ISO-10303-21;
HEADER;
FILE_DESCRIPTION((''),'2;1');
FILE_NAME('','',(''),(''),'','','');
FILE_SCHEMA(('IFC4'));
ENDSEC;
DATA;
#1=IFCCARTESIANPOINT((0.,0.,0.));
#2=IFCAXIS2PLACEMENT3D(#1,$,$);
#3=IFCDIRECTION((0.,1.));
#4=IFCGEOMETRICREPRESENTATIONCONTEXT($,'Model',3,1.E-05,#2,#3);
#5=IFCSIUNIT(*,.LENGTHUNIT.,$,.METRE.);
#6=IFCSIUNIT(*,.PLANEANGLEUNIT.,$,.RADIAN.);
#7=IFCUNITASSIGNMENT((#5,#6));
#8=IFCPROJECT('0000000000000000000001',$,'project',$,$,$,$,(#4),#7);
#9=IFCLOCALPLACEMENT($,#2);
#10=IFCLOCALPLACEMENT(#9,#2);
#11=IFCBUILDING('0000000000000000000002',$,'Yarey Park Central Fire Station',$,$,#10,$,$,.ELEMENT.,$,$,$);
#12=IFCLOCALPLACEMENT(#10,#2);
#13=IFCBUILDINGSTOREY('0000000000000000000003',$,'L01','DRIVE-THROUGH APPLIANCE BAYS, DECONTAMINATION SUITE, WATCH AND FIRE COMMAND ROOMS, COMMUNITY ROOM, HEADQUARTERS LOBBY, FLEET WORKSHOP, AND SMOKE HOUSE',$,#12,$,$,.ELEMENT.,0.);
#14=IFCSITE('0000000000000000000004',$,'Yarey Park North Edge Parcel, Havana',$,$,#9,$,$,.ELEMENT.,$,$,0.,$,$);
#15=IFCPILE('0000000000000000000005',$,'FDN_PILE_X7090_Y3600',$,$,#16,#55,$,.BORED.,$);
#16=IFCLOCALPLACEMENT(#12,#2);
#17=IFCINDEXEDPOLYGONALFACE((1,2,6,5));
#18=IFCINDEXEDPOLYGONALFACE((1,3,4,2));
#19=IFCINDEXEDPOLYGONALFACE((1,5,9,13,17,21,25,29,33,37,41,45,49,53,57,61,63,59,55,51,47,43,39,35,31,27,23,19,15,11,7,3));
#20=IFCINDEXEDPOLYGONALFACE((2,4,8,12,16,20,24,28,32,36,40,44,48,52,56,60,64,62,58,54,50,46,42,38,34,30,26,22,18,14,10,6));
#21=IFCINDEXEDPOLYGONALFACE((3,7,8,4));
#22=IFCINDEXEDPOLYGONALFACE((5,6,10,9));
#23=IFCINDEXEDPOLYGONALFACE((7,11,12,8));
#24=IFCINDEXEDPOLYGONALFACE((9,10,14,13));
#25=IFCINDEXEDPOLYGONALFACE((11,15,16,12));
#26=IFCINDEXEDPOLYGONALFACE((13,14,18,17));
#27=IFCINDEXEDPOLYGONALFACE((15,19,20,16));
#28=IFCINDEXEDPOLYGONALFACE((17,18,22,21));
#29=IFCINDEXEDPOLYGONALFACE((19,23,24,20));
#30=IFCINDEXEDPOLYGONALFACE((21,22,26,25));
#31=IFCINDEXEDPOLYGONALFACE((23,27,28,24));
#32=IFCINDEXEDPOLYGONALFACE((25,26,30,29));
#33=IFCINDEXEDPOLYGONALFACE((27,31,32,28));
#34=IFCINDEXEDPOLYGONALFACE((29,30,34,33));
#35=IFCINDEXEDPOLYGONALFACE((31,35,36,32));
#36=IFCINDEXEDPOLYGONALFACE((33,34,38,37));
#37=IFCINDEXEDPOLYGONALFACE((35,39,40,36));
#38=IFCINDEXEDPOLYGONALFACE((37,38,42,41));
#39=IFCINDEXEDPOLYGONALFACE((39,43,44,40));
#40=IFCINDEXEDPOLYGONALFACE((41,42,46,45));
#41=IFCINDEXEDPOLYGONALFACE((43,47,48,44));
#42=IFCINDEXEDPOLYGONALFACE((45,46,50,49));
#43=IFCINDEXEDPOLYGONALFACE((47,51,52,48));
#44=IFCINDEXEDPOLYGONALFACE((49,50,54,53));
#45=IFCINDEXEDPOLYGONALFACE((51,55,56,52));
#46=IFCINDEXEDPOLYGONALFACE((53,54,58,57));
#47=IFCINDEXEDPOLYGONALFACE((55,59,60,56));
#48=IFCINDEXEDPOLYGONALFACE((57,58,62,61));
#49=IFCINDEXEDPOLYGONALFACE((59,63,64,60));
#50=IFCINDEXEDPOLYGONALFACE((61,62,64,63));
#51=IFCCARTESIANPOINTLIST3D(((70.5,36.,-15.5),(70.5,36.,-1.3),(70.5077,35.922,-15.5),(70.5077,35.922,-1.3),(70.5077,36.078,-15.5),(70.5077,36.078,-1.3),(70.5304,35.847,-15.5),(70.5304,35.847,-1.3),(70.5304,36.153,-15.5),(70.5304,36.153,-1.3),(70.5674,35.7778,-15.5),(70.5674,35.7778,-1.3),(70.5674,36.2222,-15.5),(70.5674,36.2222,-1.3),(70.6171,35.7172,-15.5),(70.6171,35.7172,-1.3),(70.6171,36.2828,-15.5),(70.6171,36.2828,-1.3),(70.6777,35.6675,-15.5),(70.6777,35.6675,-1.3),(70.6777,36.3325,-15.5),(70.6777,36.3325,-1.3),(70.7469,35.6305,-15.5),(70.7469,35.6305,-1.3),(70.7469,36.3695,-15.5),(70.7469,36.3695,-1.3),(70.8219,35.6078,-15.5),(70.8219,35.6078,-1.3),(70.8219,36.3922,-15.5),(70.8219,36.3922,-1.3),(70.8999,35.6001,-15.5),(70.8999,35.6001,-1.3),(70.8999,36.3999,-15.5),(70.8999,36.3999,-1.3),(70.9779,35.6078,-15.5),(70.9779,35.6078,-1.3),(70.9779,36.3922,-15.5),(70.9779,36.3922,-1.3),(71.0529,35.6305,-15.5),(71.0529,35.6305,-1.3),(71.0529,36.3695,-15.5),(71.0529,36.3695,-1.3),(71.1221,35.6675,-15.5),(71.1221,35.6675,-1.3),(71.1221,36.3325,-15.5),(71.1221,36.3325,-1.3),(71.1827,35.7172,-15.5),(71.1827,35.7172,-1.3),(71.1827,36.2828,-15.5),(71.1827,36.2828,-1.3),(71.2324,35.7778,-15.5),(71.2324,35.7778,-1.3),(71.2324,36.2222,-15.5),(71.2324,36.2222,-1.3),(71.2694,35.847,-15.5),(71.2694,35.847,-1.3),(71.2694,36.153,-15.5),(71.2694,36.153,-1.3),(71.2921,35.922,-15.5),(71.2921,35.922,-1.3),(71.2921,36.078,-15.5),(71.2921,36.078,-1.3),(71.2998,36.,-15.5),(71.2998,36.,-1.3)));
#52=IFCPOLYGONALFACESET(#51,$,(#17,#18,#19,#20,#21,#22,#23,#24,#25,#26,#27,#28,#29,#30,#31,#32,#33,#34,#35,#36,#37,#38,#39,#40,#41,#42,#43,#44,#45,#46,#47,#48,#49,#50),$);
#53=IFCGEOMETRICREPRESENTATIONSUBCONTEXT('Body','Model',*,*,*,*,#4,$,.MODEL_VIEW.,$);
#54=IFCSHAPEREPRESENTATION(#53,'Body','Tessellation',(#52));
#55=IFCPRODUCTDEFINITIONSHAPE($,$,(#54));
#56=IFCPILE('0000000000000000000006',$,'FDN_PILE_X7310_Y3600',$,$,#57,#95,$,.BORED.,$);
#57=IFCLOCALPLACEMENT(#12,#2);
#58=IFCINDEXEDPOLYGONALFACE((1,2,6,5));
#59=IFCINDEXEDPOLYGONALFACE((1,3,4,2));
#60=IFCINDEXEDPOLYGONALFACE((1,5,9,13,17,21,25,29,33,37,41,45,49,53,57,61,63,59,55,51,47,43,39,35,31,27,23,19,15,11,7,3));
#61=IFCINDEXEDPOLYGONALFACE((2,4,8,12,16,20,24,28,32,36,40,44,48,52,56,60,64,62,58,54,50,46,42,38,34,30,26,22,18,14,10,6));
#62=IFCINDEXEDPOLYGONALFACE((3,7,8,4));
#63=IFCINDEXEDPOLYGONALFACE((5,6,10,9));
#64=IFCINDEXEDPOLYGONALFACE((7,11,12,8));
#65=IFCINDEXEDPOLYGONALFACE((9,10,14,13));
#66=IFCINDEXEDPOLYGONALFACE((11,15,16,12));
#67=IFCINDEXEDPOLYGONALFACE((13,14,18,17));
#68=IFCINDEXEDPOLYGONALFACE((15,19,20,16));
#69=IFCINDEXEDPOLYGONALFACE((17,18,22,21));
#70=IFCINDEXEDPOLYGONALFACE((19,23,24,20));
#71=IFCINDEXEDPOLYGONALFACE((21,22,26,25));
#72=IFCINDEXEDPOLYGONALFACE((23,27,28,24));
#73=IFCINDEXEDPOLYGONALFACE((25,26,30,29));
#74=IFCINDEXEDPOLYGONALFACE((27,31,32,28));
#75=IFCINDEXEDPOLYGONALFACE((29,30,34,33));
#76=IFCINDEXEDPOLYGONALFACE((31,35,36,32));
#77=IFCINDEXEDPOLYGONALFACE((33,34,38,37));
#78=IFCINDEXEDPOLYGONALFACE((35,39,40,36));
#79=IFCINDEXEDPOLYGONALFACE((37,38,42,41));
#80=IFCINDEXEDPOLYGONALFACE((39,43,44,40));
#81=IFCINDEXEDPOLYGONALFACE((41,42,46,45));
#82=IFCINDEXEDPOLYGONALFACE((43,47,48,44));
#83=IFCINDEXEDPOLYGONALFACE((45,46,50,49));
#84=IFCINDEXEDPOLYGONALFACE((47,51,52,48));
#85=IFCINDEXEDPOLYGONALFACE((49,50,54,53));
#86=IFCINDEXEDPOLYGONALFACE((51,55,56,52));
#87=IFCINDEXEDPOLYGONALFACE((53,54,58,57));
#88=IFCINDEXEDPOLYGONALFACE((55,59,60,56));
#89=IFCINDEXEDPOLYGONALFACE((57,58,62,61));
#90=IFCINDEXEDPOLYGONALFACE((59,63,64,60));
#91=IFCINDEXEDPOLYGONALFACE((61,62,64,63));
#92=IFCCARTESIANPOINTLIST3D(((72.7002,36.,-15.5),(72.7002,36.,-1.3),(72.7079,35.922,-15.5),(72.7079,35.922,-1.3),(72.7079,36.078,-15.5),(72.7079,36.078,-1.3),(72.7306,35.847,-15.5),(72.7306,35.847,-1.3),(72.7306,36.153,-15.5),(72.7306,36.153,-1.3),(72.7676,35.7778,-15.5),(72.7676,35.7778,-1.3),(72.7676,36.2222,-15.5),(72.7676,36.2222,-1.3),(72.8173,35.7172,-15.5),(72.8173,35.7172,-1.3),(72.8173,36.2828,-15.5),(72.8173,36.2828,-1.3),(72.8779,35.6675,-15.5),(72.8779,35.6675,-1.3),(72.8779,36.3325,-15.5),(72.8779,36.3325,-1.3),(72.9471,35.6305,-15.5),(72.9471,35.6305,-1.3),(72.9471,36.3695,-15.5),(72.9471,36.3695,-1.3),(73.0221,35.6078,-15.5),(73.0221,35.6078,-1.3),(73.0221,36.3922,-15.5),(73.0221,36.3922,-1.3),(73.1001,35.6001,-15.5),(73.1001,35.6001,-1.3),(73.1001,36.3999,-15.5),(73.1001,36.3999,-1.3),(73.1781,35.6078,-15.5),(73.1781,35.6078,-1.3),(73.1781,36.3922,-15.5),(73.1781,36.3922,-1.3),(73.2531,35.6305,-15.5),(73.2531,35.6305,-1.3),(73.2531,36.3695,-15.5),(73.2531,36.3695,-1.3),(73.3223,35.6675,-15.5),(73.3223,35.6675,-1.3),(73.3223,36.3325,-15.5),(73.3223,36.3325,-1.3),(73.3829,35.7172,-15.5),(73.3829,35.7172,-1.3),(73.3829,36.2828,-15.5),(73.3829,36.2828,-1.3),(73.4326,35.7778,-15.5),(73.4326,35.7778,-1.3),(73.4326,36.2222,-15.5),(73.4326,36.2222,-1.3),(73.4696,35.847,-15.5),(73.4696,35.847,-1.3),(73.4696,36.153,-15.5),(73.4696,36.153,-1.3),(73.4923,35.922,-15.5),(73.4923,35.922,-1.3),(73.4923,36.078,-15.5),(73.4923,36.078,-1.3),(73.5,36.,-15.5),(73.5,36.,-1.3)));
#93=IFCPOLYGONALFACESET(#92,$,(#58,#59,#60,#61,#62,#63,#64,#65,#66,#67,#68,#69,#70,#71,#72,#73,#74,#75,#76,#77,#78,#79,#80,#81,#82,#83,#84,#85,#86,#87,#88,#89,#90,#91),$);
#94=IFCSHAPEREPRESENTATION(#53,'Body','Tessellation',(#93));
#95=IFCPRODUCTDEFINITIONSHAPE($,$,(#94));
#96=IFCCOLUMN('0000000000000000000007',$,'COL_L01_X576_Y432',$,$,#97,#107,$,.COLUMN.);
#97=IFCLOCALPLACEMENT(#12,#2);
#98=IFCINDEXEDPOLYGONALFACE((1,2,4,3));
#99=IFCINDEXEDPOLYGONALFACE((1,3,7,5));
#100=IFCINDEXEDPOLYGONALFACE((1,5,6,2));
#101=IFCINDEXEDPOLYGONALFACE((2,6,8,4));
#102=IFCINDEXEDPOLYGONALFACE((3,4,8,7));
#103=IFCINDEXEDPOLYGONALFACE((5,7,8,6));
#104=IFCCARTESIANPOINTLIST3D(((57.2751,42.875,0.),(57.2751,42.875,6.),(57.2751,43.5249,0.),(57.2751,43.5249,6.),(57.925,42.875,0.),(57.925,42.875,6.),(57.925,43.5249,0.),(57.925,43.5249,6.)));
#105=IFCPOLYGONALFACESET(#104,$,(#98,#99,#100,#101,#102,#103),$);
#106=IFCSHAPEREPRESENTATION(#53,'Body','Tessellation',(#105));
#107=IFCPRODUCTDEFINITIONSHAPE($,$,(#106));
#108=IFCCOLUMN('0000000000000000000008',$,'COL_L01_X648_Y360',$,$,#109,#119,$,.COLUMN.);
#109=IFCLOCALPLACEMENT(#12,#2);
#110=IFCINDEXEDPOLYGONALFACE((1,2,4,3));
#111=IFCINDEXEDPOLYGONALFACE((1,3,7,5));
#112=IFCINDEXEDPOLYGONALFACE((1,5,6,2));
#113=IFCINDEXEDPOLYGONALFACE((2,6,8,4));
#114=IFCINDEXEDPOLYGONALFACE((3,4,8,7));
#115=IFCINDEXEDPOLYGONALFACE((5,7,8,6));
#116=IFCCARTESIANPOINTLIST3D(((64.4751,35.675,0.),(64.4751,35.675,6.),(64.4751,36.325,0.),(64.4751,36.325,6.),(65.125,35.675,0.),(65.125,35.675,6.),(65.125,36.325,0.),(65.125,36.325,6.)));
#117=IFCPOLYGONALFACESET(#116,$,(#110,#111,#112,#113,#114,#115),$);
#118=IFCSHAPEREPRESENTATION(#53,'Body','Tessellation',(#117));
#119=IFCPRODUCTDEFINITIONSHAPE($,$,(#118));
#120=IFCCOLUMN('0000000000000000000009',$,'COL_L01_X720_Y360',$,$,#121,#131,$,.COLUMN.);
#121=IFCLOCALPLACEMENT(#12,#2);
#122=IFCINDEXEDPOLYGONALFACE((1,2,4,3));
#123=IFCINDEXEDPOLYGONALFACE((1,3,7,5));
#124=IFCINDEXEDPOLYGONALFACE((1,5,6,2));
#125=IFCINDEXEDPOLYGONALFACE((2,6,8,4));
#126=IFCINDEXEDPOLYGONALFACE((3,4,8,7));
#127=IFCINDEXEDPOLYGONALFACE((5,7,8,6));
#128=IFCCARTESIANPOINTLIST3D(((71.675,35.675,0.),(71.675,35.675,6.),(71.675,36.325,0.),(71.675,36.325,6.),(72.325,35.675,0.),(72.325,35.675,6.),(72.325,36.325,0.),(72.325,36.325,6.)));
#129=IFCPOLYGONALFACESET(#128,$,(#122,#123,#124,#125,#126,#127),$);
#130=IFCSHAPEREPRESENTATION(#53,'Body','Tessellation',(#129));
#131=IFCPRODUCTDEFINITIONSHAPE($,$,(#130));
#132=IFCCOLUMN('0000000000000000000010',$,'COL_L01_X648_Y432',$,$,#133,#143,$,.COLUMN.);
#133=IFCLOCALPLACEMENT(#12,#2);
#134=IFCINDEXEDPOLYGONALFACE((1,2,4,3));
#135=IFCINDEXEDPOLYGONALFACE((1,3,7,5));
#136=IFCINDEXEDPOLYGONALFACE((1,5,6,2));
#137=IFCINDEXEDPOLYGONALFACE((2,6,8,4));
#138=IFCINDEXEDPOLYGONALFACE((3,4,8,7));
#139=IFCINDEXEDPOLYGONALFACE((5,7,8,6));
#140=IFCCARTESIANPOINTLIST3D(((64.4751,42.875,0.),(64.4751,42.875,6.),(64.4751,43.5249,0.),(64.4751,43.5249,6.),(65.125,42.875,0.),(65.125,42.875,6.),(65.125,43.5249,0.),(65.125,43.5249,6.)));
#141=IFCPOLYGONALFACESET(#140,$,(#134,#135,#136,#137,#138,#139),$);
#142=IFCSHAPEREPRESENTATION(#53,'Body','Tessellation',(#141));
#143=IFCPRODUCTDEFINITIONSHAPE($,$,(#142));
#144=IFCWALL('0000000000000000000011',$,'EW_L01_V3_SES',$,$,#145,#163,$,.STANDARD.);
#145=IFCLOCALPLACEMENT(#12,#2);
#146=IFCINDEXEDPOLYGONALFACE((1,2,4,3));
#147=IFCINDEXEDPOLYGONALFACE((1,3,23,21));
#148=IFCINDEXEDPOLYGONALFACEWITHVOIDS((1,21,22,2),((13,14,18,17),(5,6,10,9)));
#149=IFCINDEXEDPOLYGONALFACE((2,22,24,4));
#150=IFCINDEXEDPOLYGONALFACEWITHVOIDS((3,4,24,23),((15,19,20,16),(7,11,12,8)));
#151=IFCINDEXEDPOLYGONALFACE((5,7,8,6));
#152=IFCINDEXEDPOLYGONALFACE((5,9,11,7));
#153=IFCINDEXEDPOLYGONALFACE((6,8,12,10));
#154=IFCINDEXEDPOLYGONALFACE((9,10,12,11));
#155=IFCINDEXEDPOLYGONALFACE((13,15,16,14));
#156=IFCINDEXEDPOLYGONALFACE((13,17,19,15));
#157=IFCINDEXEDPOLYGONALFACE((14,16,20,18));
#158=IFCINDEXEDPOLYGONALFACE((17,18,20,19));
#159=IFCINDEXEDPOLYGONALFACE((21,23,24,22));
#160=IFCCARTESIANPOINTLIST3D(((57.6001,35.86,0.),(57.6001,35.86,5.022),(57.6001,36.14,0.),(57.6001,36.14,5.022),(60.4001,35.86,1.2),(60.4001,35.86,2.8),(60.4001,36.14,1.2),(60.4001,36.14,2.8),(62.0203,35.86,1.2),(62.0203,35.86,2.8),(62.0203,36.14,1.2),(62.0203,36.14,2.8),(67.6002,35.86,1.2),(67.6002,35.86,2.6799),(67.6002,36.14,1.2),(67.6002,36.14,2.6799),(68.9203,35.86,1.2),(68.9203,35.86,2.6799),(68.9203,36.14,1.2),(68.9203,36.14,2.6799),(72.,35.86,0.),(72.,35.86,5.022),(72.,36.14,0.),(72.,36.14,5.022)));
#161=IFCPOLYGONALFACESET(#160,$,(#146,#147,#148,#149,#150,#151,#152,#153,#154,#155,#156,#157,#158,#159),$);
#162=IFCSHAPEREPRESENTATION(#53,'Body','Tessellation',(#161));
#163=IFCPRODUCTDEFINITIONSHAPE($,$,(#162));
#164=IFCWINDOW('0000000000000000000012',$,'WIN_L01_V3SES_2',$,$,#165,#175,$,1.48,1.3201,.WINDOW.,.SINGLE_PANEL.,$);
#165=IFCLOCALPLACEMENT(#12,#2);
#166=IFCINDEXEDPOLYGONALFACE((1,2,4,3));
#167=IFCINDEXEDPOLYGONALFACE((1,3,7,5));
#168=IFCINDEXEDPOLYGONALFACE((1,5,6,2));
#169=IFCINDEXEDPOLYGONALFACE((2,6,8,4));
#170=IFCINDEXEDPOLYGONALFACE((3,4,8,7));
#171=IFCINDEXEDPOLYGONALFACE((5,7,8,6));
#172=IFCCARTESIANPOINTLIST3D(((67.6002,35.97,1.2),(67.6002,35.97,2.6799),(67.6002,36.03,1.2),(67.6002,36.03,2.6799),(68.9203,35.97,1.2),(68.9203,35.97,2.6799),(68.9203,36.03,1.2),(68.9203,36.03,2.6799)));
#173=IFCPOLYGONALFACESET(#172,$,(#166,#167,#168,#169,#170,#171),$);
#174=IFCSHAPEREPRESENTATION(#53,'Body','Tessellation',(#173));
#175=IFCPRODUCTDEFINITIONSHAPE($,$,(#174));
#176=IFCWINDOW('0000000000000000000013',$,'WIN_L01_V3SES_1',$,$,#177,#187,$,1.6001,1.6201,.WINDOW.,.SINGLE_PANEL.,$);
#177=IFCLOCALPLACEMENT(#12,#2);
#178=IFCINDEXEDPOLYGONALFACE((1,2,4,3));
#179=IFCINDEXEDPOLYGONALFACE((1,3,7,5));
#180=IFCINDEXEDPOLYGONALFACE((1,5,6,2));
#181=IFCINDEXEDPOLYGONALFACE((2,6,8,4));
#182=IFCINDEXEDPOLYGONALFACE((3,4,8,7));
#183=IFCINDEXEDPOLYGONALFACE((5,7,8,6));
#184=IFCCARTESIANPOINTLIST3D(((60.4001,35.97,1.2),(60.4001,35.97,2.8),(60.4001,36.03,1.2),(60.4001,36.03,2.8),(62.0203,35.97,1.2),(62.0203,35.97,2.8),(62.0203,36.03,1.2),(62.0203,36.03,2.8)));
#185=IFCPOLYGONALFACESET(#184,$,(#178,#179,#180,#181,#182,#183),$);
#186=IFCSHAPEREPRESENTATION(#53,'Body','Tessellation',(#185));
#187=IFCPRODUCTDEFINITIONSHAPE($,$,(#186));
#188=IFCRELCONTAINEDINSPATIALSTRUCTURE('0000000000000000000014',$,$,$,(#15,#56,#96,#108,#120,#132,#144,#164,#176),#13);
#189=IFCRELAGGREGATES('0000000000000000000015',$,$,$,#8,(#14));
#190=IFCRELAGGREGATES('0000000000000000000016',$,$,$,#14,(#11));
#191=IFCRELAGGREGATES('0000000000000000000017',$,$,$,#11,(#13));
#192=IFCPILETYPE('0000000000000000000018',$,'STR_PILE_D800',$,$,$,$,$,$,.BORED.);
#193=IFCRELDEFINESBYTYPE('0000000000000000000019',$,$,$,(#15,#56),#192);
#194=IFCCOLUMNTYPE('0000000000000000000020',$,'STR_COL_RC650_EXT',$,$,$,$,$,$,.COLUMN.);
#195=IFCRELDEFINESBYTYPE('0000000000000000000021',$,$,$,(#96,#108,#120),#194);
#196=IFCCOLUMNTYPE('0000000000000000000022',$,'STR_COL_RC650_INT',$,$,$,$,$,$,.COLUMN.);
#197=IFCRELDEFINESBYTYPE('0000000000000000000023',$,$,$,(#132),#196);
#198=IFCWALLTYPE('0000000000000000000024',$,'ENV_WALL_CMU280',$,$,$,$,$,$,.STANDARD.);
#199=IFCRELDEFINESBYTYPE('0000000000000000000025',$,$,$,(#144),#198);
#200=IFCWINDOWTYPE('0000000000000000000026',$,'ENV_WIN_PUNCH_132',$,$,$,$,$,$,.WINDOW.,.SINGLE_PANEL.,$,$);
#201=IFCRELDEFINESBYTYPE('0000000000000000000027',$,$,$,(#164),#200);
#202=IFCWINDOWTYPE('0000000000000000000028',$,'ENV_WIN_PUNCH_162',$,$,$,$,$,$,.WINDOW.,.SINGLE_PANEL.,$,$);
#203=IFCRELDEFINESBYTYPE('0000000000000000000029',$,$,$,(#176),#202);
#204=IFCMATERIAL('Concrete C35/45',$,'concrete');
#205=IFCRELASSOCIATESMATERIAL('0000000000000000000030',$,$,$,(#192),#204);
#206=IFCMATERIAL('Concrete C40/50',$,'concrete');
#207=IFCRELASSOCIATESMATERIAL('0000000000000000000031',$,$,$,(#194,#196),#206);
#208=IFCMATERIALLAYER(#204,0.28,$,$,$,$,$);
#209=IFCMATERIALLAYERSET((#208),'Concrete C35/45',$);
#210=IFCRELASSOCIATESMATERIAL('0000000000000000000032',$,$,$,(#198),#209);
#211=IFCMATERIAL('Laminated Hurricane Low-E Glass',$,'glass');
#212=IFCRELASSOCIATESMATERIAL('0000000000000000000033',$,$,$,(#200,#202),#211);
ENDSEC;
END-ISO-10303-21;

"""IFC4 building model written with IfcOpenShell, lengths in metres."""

from ifc_helpers import new_model, si_unit, direction, frame, frame_2d, origin, origin_2d, place, context, subcontext, project, spatial, rectangle, circle, extrude, material, layer, layer_set, material_profile, profile_set, type_object, element, fill, save


model = new_model("IFC4")

# Units and contexts
model_context = context("Model", 3, precision=1e-05, world=origin(), true_north=direction((0.0, 1.0)))
body_context = subcontext(model_context, "Body", "Model", "MODEL_VIEW")
ifc_project = project(units=[si_unit("LENGTHUNIT", "METRE"), si_unit("PLANEANGLEUNIT", "RADIAN")], contexts=[model_context])

# Site, building, storey
site_placement = place(None, origin())
site = spatial("IfcSite", under=ifc_project, at=site_placement, Name="Yarey Park North Edge Parcel, Havana", CompositionType="ELEMENT", RefElevation=0.0)
building_placement = place(site_placement, origin())
building = spatial("IfcBuilding", under=site, at=building_placement, Name="Yarey Park Central Fire Station", CompositionType="ELEMENT")
storey_placement = place(building_placement, origin())
storey = spatial("IfcBuildingStorey", under=building, at=storey_placement, Name="L01", Description="DRIVE-THROUGH APPLIANCE BAYS, DECONTAMINATION SUITE, WATCH AND FIRE COMMAND ROOMS, COMMUNITY ROOM, HEADQUARTERS LOBBY, FLEET WORKSHOP, AND SMOKE HOUSE", CompositionType="ELEMENT", Elevation=0.0)

# Shared definitions
ifc_material_1 = material(Name="Concrete C35/45", Category="concrete")

# Piles
ifc_material_profile_1 = material_profile(ifc_material_1, circle(Radius=0.3999, at=origin_2d()), Name="BORED PILE D800")
ifc_profile_set_1 = profile_set([ifc_material_profile_1], Name="Concrete C35/45")
pile_type = type_object("IfcPileType", Name="STR_PILE_D800", PredefinedType="BORED", material=ifc_profile_set_1)
for number, where, z_axis, x_axis, name in (
    (1, (70.8999, 36.0, -1.3), (0.0, 0.0, -1.0), (1.0, 0.0, 0.0), "FDN_PILE_X7090_Y3600"),
    (2, (73.1001, 36.0, -1.3), (0.0, 0.0, -1.0), (1.0, 0.0, 0.0), "FDN_PILE_X7310_Y3600"),
):
    element("IfcPile", number, at=place(storey_placement, frame(where, z_axis=z_axis, x_axis=x_axis)), inside=storey, type_object=pile_type, Name=name, PredefinedType="BORED", context=body_context, shape_type="SweptSolid", body=[
        extrude(circle(Radius=0.3999, at=origin_2d()), origin(), (0.0, 0.0, 1.0), 14.2),
    ])

# Columns
ifc_material_2 = material(Name="Concrete C40/50", Category="concrete")
ifc_material_profile_2 = material_profile(ifc_material_2, rectangle(XDim=0.6499, YDim=0.6499, at=origin_2d()), Name="RC 650x650")
ifc_profile_set_2 = profile_set([ifc_material_profile_2], Name="Concrete C40/50")
column_type_1 = type_object("IfcColumnType", Name="STR_COL_RC650_EXT", PredefinedType="COLUMN", material=ifc_profile_set_2)
for number, where, z_axis, x_axis, name in (
    (3, (57.6001, 43.2, 0.0), (0.0, 0.0, 1.0), (1.0, 0.0, 0.0), "COL_L01_X576_Y432"),
    (4, (64.8, 36.0, 0.0), (0.0, 0.0, 1.0), (1.0, 0.0, 0.0), "COL_L01_X648_Y360"),
    (5, (72.0, 36.0, 0.0), (0.0, 0.0, 1.0), (1.0, 0.0, 0.0), "COL_L01_X720_Y360"),
):
    element("IfcColumn", number, at=place(storey_placement, frame(where, z_axis=z_axis, x_axis=x_axis)), inside=storey, type_object=column_type_1, Name=name, PredefinedType="COLUMN", context=body_context, shape_type="SweptSolid", body=[
        extrude(rectangle(XDim=0.6499, YDim=0.6499, at=origin_2d()), origin(), (0.0, 0.0, 1.0), 6.0),
    ])
ifc_material_profile_3 = material_profile(ifc_material_2, rectangle(XDim=0.6499, YDim=0.6499, at=origin_2d()), Name="RC 650x650")
ifc_profile_set_3 = profile_set([ifc_material_profile_3], Name="Concrete C40/50")
column_type_2 = type_object("IfcColumnType", Name="STR_COL_RC650_INT", PredefinedType="COLUMN", material=ifc_profile_set_3)
column_placement = place(storey_placement, frame((64.8, 43.2, 0.0), z_axis=(0.0, 0.0, 1.0), x_axis=(1.0, 0.0, 0.0)))
element("IfcColumn", 6, at=column_placement, inside=storey, type_object=column_type_2, Name="COL_L01_X648_Y432", PredefinedType="COLUMN", context=body_context, shape_type="SweptSolid", body=[
    extrude(rectangle(XDim=0.6499, YDim=0.6499, at=origin_2d()), origin(), (0.0, 0.0, 1.0), 6.0),
])

# Wall, openings, windows
ifc_layer_1 = layer(ifc_material_1, 0.28)
ifc_layer_set_1 = layer_set([ifc_layer_1], Name="Concrete C35/45")
wall_type_1 = type_object("IfcWallType", Name="ENV_WALL_CMU280", PredefinedType="STANDARD", material=ifc_layer_set_1)
wall_1_placement = place(storey_placement, frame((57.6001, 36.0, 0.0), z_axis=(0.0, 0.0, 1.0), x_axis=(1.0, 0.0, 0.0)))
wall_1 = element("IfcWall", 7, at=wall_1_placement, inside=storey, type_object=wall_type_1, Name="EW_L01_V3_SES", PredefinedType="STANDARD", context=body_context, shape_type="SweptSolid", body=[
    extrude(rectangle(XDim=14.3999, YDim=0.28, at=frame_2d((7.2, 0.0))), origin(), (0.0, 0.0, 1.0), 5.022),
])
opening_1_placement = place(wall_1_placement, frame((2.8, 0.0, 1.2)))
opening_1 = element("IfcOpeningElement", 8, at=opening_1_placement, cuts=wall_1, PredefinedType="OPENING", context=body_context, shape_type="SweptSolid", body=[
    extrude(rectangle(XDim=1.6201, YDim=1.6001, at=frame_2d((0.8101, 0.8))), frame((0.0, 0.1499, 0.0), z_axis=(0.0, -1.0, 0.0), x_axis=(1.0, 0.0, 0.0)), (0.0, 0.0, 1.0), 0.3),
])
opening_2_placement = place(wall_1_placement, frame((10.0, 0.0, 1.2)))
opening_2 = element("IfcOpeningElement", 9, at=opening_2_placement, cuts=wall_1, PredefinedType="OPENING", context=body_context, shape_type="SweptSolid", body=[
    extrude(rectangle(XDim=1.3201, YDim=1.48, at=frame_2d((0.6602, 0.74))), frame((0.0, 0.1499, 0.0), z_axis=(0.0, -1.0, 0.0), x_axis=(1.0, 0.0, 0.0)), (0.0, 0.0, 1.0), 0.3),
])
ifc_material_3 = material(Name="Laminated Hurricane Low-E Glass", Category="glass")
window_type_1 = type_object("IfcWindowType", Name="ENV_WIN_PUNCH_132", PartitioningType="SINGLE_PANEL", PredefinedType="WINDOW", material=ifc_material_3)
window_1_placement = place(opening_2_placement, origin())
window_1 = element("IfcWindow", 10, at=window_1_placement, inside=storey, type_object=window_type_1, Name="WIN_L01_V3SES_2", OverallHeight=1.48, OverallWidth=1.3201, PartitioningType="SINGLE_PANEL", PredefinedType="WINDOW", context=body_context, shape_type="SweptSolid", body=[
    extrude(rectangle(XDim=1.3201, YDim=1.48, at=frame_2d((0.6602, 0.74))), frame((0.0, 0.03, 0.0), z_axis=(0.0, -1.0, 0.0), x_axis=(1.0, 0.0, 0.0)), (0.0, 0.0, 1.0), 0.0601),
])
fill(opening_2, window_1)
window_type_2 = type_object("IfcWindowType", Name="ENV_WIN_PUNCH_162", PartitioningType="SINGLE_PANEL", PredefinedType="WINDOW", material=ifc_material_3)
window_2_placement = place(opening_1_placement, origin())
window_2 = element("IfcWindow", 11, at=window_2_placement, inside=storey, type_object=window_type_2, Name="WIN_L01_V3SES_1", OverallHeight=1.6001, OverallWidth=1.6201, PartitioningType="SINGLE_PANEL", PredefinedType="WINDOW", context=body_context, shape_type="SweptSolid", body=[
    extrude(rectangle(XDim=1.6201, YDim=1.6001, at=frame_2d((0.8101, 0.8))), frame((0.0, 0.03, 0.0), z_axis=(0.0, -1.0, 0.0), x_axis=(1.0, 0.0, 0.0)), (0.0, 0.0, 1.0), 0.0601),
])
fill(opening_1, window_2)

save(model, "model.ifc")
